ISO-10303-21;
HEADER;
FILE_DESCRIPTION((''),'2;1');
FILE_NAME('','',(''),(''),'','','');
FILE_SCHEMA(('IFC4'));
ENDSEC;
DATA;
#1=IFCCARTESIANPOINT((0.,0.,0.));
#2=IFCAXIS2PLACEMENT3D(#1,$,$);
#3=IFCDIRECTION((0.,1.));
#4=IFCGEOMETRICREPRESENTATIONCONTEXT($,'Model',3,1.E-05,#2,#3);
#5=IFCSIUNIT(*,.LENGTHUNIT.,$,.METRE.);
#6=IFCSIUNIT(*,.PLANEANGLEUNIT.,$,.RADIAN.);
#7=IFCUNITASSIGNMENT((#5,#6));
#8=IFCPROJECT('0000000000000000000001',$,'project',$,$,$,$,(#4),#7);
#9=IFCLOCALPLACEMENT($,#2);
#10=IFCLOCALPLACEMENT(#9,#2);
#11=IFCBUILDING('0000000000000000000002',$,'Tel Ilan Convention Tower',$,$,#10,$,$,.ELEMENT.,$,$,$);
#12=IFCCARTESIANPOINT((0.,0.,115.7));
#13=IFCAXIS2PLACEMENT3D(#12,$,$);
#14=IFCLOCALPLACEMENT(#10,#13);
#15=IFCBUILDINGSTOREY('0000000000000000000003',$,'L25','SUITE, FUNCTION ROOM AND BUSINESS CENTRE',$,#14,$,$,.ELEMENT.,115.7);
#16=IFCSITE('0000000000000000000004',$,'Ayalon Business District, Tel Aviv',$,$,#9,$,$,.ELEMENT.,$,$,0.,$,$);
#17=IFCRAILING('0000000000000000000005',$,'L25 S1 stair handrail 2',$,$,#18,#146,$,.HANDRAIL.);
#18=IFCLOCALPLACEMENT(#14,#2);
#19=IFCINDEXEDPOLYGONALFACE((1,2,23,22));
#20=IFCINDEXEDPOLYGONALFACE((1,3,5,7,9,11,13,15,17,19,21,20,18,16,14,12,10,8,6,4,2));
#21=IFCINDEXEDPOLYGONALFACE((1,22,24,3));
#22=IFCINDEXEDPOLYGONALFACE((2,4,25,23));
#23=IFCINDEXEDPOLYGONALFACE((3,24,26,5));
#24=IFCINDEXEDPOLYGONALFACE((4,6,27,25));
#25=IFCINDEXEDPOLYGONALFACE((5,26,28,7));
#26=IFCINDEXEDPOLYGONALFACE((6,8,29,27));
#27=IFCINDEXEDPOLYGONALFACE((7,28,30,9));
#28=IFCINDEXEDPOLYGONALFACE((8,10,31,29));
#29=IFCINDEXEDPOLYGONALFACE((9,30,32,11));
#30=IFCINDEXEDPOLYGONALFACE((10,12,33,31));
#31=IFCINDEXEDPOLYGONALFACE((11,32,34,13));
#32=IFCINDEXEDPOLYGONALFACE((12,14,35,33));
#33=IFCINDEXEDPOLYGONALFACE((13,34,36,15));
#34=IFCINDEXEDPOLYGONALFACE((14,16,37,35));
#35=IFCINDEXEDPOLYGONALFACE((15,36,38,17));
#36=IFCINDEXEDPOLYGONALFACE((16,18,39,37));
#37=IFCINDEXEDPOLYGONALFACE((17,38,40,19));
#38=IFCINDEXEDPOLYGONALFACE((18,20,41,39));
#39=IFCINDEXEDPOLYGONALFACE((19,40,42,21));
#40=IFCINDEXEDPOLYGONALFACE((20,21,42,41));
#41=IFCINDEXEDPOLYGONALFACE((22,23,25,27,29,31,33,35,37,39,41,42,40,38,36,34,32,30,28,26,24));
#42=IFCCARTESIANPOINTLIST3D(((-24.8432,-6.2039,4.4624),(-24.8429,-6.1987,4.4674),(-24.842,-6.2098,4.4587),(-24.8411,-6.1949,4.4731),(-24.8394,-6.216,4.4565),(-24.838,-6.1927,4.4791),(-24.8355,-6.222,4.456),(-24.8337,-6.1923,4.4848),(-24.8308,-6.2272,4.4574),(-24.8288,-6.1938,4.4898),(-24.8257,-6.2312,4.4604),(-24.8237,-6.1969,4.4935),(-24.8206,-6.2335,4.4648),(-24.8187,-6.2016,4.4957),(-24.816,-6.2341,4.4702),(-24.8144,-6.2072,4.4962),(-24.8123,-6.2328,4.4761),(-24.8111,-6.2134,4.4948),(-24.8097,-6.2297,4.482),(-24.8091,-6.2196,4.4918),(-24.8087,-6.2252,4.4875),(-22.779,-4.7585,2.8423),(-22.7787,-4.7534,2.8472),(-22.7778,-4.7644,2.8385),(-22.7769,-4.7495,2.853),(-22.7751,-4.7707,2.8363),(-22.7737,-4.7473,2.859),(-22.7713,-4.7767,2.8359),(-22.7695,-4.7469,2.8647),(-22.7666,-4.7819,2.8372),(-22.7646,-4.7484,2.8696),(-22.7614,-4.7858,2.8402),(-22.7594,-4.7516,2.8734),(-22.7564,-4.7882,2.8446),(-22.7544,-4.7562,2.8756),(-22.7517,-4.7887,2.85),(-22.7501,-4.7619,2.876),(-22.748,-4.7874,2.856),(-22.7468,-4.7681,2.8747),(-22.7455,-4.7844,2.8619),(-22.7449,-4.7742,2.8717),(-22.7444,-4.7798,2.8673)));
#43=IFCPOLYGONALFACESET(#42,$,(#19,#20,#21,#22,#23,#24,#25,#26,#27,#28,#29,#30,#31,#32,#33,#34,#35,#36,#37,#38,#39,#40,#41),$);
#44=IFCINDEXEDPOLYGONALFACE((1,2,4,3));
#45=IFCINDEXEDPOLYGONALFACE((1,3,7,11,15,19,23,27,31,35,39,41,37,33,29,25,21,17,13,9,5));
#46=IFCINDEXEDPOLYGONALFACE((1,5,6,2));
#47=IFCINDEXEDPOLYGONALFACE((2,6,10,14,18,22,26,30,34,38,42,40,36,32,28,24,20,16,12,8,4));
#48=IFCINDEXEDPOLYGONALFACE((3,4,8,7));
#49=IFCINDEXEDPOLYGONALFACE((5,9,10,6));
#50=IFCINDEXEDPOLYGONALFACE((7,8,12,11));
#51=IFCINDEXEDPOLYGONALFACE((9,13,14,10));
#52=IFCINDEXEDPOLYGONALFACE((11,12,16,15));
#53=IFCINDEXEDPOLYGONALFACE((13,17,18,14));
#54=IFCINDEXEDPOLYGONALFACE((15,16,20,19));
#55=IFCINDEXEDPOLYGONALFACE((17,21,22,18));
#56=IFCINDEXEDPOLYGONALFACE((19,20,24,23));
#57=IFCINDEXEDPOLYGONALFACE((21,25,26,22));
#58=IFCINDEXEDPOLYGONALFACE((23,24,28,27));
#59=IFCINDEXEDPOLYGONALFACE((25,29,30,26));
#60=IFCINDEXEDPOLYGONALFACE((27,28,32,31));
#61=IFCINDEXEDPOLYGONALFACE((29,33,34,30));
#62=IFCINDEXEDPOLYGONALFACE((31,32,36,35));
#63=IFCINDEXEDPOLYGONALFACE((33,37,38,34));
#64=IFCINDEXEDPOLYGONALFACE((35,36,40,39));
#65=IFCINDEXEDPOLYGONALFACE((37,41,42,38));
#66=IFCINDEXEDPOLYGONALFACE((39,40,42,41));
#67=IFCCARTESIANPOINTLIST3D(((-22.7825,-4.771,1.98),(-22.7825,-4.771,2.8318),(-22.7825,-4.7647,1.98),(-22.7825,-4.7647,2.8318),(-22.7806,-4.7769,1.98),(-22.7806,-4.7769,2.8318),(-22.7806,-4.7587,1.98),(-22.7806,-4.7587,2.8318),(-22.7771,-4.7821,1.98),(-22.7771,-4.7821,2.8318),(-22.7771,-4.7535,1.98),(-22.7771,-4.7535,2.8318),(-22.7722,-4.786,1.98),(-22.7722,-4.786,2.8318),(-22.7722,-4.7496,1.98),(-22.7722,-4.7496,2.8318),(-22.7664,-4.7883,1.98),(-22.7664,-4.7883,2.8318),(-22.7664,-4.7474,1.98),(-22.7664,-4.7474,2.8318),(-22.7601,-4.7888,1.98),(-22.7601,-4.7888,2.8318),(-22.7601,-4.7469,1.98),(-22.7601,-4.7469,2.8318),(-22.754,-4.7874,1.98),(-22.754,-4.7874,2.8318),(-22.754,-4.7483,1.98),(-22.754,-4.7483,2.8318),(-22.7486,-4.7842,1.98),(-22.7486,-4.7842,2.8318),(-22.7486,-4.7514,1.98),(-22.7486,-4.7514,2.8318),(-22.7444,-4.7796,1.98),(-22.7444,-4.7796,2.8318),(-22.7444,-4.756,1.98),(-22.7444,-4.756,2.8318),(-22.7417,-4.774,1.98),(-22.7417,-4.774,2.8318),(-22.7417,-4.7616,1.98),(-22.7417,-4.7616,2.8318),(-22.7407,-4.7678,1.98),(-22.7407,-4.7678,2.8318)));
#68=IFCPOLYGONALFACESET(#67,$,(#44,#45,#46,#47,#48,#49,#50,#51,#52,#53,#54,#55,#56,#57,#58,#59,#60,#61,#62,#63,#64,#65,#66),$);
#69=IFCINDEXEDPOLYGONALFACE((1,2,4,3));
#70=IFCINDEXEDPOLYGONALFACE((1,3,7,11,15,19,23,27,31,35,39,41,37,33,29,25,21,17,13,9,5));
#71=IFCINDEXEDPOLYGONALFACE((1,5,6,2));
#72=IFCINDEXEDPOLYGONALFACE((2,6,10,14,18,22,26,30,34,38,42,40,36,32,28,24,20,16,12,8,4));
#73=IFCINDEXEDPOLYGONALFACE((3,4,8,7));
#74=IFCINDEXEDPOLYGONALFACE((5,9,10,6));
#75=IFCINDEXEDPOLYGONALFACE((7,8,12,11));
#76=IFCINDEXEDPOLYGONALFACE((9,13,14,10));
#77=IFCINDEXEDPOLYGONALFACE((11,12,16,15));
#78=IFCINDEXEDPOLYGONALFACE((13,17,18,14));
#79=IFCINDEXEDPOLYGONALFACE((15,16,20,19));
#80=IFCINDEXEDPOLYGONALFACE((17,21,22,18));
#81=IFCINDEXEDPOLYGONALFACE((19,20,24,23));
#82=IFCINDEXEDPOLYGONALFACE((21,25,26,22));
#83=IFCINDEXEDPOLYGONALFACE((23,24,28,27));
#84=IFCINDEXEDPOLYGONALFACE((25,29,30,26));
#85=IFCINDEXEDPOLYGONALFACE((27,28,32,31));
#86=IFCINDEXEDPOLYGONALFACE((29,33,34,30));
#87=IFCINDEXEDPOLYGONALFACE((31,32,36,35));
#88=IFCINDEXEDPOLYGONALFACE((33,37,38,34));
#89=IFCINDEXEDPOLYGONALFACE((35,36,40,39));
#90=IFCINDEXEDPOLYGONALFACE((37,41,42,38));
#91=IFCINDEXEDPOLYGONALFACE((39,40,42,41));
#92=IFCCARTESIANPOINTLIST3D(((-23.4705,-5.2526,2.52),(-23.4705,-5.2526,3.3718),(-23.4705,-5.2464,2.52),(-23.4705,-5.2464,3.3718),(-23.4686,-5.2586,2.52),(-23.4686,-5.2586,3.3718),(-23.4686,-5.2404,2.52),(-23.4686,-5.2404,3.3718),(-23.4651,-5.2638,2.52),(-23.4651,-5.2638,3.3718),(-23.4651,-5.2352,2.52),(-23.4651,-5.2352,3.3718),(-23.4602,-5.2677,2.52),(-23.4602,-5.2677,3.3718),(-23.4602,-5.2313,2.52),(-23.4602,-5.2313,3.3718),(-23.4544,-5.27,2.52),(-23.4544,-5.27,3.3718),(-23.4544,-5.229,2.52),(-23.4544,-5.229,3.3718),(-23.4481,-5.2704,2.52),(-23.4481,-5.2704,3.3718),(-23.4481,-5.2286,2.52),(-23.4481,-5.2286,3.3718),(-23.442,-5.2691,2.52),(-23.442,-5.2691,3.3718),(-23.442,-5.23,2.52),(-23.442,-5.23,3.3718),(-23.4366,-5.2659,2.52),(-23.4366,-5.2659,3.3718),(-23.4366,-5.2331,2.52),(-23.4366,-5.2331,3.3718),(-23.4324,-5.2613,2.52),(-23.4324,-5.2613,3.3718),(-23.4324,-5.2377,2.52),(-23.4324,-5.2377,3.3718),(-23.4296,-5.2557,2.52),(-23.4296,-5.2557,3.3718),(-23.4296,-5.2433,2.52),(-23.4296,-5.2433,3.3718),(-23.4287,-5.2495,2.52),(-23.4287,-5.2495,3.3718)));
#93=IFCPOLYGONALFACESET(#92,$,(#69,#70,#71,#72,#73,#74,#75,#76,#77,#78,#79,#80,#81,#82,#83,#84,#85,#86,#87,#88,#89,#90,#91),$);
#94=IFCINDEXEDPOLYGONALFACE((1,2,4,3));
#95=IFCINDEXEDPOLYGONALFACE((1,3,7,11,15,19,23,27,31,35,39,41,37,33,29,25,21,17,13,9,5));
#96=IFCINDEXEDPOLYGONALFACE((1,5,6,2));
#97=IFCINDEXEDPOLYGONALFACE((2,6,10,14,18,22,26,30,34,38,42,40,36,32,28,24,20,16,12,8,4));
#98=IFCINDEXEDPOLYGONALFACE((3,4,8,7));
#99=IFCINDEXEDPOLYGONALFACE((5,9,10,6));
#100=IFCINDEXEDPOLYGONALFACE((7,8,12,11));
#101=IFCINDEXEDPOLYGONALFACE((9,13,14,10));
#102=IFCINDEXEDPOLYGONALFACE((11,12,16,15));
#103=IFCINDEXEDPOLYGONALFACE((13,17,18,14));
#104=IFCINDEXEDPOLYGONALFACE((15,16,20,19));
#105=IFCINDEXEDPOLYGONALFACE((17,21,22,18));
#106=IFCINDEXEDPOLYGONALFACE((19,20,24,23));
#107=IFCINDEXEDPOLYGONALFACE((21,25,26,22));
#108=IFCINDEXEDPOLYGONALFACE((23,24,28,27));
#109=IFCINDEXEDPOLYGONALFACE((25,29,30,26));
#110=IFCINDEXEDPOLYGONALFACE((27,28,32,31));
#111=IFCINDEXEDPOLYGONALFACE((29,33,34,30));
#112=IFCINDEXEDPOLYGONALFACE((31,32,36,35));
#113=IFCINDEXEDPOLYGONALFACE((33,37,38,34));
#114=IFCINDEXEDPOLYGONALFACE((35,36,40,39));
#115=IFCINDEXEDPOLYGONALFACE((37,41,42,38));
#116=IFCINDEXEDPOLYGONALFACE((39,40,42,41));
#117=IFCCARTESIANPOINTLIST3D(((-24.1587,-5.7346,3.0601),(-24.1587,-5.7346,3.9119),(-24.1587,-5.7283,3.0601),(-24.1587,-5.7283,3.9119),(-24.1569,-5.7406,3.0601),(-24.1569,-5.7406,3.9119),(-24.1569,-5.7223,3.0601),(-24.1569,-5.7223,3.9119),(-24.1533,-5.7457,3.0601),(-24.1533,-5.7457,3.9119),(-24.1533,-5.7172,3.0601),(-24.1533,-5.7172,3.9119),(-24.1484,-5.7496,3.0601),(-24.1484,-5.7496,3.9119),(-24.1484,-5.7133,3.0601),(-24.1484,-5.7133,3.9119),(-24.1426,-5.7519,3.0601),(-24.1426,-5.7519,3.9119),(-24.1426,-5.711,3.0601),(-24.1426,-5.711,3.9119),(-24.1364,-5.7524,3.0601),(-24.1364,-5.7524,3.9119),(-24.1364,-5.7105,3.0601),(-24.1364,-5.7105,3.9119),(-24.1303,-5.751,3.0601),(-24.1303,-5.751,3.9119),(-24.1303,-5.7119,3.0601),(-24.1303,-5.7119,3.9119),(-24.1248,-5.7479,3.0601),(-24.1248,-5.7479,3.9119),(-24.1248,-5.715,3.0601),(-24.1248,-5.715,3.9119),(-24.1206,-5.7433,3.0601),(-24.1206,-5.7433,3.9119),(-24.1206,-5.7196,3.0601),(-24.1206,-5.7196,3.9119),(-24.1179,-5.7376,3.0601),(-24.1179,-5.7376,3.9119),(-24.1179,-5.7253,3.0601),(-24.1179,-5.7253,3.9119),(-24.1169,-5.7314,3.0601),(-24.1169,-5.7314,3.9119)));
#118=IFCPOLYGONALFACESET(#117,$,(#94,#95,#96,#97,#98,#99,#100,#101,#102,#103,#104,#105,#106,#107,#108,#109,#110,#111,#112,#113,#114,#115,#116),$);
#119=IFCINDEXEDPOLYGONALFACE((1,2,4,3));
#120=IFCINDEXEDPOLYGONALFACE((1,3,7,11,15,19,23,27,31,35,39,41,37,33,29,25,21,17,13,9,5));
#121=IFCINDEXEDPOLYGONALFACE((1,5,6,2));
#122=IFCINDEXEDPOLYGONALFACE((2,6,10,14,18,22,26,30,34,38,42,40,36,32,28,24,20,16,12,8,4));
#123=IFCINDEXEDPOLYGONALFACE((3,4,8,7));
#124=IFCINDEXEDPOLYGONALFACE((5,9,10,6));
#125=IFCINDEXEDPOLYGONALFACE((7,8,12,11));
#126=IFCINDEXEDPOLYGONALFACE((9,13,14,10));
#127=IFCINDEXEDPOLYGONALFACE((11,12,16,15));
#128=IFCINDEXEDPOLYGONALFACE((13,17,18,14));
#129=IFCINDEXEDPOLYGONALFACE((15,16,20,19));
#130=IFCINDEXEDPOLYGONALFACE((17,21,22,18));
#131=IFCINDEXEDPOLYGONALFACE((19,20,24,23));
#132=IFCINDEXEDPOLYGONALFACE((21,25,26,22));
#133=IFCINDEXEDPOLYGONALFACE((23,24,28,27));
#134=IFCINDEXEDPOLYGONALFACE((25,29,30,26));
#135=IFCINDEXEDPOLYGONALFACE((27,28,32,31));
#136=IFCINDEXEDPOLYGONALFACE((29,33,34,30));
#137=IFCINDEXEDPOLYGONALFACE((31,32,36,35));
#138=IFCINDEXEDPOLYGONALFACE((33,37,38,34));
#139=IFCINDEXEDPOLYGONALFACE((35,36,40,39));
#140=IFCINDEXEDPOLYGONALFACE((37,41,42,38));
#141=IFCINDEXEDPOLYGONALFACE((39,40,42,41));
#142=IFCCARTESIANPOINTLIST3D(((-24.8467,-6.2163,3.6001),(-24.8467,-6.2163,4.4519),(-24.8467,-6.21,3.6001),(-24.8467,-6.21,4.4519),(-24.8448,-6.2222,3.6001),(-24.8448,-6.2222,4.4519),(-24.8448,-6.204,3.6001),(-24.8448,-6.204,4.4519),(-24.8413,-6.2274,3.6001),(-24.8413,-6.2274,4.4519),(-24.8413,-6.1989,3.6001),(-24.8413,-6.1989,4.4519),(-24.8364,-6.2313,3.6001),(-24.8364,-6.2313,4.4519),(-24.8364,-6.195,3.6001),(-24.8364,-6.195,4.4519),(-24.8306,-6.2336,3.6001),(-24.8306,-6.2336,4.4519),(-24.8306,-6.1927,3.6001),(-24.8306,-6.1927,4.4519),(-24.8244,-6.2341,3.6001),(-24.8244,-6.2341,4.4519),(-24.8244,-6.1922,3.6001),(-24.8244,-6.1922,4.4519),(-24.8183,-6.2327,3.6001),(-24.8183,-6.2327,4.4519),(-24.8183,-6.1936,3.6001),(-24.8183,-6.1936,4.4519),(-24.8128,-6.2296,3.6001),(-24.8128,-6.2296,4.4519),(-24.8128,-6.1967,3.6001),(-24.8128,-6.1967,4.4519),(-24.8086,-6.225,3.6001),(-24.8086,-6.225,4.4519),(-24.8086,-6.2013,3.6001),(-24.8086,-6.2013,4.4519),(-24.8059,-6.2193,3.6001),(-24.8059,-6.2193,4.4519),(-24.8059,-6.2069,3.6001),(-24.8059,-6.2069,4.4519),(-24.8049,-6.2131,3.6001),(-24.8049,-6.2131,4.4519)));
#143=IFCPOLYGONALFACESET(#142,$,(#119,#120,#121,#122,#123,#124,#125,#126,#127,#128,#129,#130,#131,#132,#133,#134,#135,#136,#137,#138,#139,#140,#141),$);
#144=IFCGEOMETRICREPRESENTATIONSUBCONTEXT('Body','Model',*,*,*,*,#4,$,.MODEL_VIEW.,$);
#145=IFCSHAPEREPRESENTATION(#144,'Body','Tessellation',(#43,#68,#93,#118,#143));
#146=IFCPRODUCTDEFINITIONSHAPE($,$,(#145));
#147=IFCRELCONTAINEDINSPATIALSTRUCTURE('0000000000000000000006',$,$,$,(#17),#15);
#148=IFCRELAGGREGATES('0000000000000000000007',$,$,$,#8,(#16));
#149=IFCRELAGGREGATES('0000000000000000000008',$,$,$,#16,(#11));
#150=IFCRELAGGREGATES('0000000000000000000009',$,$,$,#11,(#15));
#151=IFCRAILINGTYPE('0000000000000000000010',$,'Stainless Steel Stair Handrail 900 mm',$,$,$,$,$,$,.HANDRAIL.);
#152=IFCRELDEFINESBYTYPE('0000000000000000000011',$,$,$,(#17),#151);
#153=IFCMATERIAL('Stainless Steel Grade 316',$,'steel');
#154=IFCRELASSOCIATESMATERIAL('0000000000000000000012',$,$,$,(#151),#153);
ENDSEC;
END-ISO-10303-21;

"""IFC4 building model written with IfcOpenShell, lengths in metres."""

from ifc_helpers import new_model, si_unit, direction, frame, origin, origin_2d, place, context, subcontext, project, spatial, circle, extrude, material, type_object, element, save


model = new_model("IFC4")

# Units and contexts
model_context = context("Model", 3, precision=1e-05, world=origin(), true_north=direction((0.0, 1.0)))
body_context = subcontext(model_context, "Body", "Model", "MODEL_VIEW")
ifc_project = project(units=[si_unit("LENGTHUNIT", "METRE"), si_unit("PLANEANGLEUNIT", "RADIAN")], contexts=[model_context])

# Site, building, storey
site_placement = place(None, origin())
site = spatial("IfcSite", under=ifc_project, at=site_placement, Name="Ayalon Business District, Tel Aviv", CompositionType="ELEMENT", RefElevation=0.0)
building_placement = place(site_placement, origin())
building = spatial("IfcBuilding", under=site, at=building_placement, Name="Tel Ilan Convention Tower", CompositionType="ELEMENT")
storey_placement = place(building_placement, frame((0.0, 0.0, 115.7)))
storey = spatial("IfcBuildingStorey", under=building, at=storey_placement, Name="L25", Description="SUITE, FUNCTION ROOM AND BUSINESS CENTRE", CompositionType="ELEMENT", Elevation=115.7)

# Railing
ifc_material_1 = material(Name="Stainless Steel Grade 316", Category="steel")
railing_type_1 = type_object("IfcRailingType", Name="Stainless Steel Stair Handrail 900 mm", PredefinedType="HANDRAIL", material=ifc_material_1)
railing_1_placement = place(storey_placement, frame((-22.7617, -4.7678, 1.98)))
element("IfcRailing", 1, at=railing_1_placement, inside=storey, type_object=railing_type_1, Name="L25 S1 stair handrail 2", PredefinedType="HANDRAIL", context=body_context, shape_type="SweptSolid", body=[
    extrude(circle(Radius=0.0239, at=origin_2d()), frame((0.0, 0.0, 0.876), z_axis=(-0.68904, -0.48245, 0.540801), x_axis=(0.57356, -0.819164, 0.0)), (0.0, 0.0, 1.0), 2.9958),
    extrude(circle(Radius=0.021, at=origin_2d()), origin(), (0.0, 0.0, 1.0), 0.8518),
    extrude(circle(Radius=0.021, at=origin_2d()), frame((-0.688, -0.4817, 0.54)), (0.0, 0.0, 1.0), 0.8518),
    extrude(circle(Radius=0.021, at=origin_2d()), frame((-1.3762, -0.9636, 1.0801)), (0.0, 0.0, 1.0), 0.8518),
    extrude(circle(Radius=0.021, at=origin_2d()), frame((-2.0642, -1.4453, 1.6201)), (0.0, 0.0, 1.0), 0.8518),
])

save(model, "model.ifc")
